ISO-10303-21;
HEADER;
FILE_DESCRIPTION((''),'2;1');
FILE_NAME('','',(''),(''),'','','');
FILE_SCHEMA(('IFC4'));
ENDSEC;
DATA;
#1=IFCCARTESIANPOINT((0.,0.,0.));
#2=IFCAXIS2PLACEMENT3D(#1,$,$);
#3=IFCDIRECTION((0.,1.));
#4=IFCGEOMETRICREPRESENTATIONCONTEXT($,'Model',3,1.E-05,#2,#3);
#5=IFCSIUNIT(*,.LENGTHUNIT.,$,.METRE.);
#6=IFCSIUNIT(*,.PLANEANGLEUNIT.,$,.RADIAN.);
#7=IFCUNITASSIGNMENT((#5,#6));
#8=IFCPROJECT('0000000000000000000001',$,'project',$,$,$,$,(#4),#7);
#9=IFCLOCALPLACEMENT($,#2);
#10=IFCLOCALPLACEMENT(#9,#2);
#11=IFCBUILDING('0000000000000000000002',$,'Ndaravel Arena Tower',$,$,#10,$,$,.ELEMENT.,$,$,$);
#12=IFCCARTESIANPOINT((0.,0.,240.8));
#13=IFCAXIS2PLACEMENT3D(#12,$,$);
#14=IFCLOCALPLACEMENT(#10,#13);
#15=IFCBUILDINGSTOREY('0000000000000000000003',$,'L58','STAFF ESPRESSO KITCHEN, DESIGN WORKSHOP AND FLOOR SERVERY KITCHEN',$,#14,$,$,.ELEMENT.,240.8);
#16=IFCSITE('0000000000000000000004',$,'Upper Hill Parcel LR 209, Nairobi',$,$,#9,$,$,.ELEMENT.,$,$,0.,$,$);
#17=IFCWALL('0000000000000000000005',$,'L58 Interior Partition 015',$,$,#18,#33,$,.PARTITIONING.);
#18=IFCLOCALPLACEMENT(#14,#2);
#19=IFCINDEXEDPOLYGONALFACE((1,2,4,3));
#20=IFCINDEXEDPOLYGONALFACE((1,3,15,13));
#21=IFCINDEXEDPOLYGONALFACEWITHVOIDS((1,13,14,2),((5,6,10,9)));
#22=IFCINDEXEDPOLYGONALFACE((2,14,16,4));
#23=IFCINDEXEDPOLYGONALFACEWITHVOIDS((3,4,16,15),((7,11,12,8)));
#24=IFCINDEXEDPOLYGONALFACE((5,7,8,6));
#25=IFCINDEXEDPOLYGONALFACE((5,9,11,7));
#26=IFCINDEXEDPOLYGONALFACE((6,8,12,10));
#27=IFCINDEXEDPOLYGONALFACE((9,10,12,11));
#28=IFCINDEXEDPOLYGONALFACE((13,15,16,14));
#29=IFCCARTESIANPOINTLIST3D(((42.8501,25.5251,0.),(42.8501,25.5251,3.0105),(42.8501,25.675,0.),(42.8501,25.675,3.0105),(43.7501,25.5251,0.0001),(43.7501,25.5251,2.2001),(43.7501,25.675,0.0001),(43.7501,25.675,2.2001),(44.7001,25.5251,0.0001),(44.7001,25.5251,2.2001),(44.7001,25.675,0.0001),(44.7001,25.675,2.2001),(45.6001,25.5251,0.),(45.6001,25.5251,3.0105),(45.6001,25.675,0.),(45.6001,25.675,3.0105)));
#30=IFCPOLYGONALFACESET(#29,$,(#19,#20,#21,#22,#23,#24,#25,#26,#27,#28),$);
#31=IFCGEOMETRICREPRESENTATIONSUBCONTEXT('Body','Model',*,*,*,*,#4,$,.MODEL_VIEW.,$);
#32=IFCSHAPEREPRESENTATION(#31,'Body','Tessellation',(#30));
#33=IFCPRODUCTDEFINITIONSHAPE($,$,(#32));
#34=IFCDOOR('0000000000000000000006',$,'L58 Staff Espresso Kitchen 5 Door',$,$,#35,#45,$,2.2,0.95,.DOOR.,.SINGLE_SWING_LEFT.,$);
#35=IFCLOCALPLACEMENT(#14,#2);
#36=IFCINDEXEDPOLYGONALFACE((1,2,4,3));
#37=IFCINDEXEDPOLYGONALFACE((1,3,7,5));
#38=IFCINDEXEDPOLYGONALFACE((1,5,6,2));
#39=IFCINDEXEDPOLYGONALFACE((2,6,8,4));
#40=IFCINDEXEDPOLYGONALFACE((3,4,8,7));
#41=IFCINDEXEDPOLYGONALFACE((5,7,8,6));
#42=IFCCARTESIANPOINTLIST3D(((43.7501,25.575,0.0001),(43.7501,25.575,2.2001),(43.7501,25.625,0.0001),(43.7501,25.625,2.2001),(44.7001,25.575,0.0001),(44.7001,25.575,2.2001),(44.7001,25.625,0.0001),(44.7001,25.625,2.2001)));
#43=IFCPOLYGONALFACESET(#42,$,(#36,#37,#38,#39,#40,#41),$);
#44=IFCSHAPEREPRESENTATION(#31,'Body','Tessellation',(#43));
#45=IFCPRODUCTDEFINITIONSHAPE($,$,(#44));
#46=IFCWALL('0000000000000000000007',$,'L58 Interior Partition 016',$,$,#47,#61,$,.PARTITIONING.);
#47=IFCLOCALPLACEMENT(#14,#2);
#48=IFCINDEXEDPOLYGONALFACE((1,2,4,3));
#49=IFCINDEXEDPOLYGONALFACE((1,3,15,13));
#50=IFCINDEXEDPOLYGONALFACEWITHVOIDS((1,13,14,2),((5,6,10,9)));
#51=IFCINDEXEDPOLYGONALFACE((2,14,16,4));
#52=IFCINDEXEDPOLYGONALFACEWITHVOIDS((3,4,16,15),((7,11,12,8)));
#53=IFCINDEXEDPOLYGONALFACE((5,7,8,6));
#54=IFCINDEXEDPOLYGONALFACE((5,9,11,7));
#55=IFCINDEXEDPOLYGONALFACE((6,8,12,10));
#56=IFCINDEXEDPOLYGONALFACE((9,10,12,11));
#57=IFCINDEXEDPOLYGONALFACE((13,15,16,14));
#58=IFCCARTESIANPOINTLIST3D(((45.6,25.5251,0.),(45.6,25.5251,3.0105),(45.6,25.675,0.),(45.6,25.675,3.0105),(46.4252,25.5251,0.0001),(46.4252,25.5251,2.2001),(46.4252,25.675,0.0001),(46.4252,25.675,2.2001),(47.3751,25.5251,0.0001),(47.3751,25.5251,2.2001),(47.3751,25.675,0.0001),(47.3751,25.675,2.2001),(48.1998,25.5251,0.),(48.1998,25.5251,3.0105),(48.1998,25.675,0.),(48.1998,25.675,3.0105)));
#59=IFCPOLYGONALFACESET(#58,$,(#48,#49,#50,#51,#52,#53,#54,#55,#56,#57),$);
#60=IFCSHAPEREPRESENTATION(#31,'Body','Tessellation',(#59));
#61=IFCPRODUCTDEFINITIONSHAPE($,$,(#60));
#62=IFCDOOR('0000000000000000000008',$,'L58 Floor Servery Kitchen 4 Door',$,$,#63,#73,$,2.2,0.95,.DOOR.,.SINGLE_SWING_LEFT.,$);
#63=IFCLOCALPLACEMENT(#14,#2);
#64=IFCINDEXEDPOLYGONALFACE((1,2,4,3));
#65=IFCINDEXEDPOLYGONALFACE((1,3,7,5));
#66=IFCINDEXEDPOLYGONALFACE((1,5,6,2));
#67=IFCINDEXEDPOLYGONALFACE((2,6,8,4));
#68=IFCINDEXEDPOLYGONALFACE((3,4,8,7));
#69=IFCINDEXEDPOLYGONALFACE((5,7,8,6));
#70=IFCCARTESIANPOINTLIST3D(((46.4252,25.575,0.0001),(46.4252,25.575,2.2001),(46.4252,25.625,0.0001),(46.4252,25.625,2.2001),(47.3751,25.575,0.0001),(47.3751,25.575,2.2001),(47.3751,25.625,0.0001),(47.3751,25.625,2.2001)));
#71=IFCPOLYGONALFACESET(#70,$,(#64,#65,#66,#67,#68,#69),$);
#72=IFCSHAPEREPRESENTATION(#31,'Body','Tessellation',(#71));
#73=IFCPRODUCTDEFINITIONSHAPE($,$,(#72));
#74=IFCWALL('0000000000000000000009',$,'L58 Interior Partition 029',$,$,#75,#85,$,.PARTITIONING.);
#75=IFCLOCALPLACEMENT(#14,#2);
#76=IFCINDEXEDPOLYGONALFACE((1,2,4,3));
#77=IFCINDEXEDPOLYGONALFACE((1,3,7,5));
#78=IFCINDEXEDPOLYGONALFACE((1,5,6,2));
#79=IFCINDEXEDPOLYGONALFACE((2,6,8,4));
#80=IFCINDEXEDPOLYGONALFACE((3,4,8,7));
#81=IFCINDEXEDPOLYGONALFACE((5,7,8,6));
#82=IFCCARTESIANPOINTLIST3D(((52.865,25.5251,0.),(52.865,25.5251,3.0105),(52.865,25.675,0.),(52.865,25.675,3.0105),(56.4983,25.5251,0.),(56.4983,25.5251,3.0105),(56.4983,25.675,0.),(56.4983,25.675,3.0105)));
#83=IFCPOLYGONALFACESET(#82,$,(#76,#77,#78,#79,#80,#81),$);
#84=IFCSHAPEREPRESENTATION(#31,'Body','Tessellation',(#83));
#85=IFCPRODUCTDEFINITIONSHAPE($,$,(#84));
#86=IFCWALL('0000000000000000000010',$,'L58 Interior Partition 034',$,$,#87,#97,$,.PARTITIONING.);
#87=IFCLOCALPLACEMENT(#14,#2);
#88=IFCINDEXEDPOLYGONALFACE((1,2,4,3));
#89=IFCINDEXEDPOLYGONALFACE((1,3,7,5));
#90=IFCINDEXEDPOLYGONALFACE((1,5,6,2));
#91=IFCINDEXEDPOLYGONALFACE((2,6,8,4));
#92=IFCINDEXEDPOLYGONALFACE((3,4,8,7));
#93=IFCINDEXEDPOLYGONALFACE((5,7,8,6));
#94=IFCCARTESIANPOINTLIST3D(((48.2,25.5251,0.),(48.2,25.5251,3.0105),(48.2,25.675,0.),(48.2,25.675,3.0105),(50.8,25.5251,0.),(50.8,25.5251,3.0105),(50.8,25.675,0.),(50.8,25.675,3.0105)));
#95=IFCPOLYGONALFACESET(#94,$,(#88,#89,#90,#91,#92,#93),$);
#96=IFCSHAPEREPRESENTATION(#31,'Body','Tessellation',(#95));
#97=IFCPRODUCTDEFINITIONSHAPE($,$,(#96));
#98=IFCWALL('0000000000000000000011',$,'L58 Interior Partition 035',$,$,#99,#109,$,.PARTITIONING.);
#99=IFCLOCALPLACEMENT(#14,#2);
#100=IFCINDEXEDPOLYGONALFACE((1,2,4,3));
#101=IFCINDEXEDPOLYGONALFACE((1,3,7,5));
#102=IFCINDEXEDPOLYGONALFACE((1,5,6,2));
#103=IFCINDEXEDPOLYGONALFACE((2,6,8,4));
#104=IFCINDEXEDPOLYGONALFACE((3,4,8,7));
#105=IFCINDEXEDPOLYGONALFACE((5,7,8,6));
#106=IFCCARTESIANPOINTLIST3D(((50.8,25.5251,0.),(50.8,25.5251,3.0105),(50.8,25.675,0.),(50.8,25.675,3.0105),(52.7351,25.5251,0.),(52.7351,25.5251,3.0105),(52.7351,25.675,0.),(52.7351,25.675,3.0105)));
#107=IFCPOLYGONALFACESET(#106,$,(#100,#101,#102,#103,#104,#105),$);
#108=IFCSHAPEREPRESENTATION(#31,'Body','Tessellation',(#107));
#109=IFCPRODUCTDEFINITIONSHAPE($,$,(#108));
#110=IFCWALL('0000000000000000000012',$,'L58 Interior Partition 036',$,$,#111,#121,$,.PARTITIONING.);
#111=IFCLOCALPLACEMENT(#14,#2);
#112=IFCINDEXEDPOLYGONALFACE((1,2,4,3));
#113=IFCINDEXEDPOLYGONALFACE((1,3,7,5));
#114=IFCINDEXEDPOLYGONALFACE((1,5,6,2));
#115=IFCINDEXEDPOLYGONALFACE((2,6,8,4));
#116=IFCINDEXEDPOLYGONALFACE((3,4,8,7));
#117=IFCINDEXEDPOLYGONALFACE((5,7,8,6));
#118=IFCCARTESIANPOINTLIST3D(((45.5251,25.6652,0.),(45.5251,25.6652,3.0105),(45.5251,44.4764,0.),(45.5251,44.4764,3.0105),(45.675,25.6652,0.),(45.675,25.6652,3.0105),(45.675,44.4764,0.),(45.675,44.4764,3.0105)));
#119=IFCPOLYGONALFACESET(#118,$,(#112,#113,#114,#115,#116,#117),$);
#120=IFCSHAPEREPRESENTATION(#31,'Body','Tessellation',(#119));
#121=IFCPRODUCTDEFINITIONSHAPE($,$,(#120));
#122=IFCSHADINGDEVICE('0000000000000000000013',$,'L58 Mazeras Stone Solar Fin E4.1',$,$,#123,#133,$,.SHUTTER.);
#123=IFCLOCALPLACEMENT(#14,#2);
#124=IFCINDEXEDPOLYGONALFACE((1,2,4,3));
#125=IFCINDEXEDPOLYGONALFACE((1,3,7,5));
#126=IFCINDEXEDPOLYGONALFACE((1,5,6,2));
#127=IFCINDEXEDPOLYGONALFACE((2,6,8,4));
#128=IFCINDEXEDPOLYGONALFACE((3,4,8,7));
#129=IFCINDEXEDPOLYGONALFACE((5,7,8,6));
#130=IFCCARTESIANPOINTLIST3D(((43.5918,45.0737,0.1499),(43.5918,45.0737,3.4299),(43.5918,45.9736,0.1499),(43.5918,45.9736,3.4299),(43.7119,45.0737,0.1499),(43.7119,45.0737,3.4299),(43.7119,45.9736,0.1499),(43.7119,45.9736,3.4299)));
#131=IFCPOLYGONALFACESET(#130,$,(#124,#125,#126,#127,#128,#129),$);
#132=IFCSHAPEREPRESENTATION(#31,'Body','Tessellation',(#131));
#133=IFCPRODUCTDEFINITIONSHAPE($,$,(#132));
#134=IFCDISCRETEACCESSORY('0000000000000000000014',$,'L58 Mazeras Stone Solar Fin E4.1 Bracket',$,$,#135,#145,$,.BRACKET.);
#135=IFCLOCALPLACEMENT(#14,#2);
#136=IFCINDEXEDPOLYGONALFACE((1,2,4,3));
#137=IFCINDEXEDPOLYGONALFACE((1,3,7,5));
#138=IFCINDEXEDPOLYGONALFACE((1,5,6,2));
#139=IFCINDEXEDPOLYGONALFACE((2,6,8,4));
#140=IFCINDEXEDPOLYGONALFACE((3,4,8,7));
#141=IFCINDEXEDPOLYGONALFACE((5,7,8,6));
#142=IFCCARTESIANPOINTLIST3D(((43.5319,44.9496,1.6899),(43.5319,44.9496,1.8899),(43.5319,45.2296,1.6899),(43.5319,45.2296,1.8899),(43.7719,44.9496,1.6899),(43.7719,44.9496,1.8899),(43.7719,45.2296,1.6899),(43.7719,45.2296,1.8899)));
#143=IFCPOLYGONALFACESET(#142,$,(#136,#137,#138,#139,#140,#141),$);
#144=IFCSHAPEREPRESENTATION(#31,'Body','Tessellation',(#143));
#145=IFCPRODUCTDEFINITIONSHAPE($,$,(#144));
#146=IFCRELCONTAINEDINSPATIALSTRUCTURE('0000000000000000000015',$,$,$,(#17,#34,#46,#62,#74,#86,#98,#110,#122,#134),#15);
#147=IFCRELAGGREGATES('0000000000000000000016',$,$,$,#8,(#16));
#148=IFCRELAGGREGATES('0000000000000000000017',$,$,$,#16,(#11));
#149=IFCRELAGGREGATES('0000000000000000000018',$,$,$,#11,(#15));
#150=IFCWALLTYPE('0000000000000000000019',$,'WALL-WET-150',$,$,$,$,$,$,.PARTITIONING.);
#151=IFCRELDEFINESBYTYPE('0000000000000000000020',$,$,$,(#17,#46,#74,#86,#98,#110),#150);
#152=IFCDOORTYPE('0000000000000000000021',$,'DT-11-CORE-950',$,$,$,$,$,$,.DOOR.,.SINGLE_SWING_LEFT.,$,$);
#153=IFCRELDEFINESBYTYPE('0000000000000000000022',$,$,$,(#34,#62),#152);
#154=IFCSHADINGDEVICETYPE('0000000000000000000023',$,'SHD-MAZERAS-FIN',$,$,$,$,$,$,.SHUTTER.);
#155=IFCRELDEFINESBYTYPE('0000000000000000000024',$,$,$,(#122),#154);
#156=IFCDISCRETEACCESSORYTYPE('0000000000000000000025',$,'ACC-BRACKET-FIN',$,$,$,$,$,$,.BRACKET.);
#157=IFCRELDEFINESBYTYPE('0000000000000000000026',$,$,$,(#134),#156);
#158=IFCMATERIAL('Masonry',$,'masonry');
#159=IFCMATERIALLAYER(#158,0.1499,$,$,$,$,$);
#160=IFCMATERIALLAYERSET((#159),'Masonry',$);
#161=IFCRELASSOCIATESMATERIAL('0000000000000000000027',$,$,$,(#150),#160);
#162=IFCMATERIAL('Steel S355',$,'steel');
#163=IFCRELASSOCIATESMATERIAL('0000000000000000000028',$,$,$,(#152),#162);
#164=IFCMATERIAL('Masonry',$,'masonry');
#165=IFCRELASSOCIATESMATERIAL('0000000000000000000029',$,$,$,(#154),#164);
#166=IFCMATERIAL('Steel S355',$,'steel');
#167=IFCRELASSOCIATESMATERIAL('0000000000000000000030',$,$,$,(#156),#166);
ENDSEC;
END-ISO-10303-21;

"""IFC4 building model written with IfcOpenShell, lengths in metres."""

from ifc_helpers import new_model, si_unit, direction, frame, frame_2d, origin, origin_2d, place, context, subcontext, project, spatial, rectangle, extrude, material, layer, layer_set, type_object, element, fill, save


model = new_model("IFC4")

# Units and contexts
model_context = context("Model", 3, precision=1e-05, world=origin(), true_north=direction((0.0, 1.0)))
body_context = subcontext(model_context, "Body", "Model", "MODEL_VIEW")
ifc_project = project(units=[si_unit("LENGTHUNIT", "METRE"), si_unit("PLANEANGLEUNIT", "RADIAN")], contexts=[model_context])

# Site, building, storey
site_placement = place(None, origin())
site = spatial("IfcSite", under=ifc_project, at=site_placement, Name="Upper Hill Parcel LR 209, Nairobi", CompositionType="ELEMENT", RefElevation=0.0)
building_placement = place(site_placement, origin())
building = spatial("IfcBuilding", under=site, at=building_placement, Name="Ndaravel Arena Tower", CompositionType="ELEMENT")
storey_placement = place(building_placement, frame((0.0, 0.0, 240.8)))
storey = spatial("IfcBuildingStorey", under=building, at=storey_placement, Name="L58", Description="STAFF ESPRESSO KITCHEN, DESIGN WORKSHOP AND FLOOR SERVERY KITCHEN", CompositionType="ELEMENT", Elevation=240.8)

# Walls, openings, doors
ifc_material_1 = material(Name="Masonry", Category="masonry")
ifc_layer_1 = layer(ifc_material_1, 0.1499)
ifc_layer_set_1 = layer_set([ifc_layer_1], Name="Masonry")
wall_type_1 = type_object("IfcWallType", Name="WALL-WET-150", PredefinedType="PARTITIONING", material=ifc_layer_set_1)
wall_1_placement = place(storey_placement, frame((42.8501, 25.6001, 0.0), z_axis=(0.0, 0.0, 1.0), x_axis=(1.0, 0.0, 0.0)))
wall_1 = element("IfcWall", 1, at=wall_1_placement, inside=storey, type_object=wall_type_1, Name="L58 Interior Partition 015", PredefinedType="PARTITIONING", context=body_context, shape_type="SweptSolid", body=[
    extrude(rectangle(XDim=2.75, YDim=0.1499, at=frame_2d((1.375, 0.0))), origin(), (0.0, 0.0, 1.0), 3.0105),
])
opening_1_placement = place(wall_1_placement, frame((0.8999, 0.0, 0.0)))
opening_1 = element("IfcOpeningElement", 2, at=opening_1_placement, cuts=wall_1, PredefinedType="OPENING", context=body_context, shape_type="SweptSolid", body=[
    extrude(rectangle(XDim=0.95, YDim=2.2, at=frame_2d((0.4751, 1.1001))), frame((0.0, 0.075, 0.0), z_axis=(0.0, -1.0, 0.0), x_axis=(1.0, 0.0, 0.0)), (0.0, 0.0, 1.0), 0.1499),
])
ifc_material_2 = material(Name="Steel S355", Category="steel")
door_type = type_object("IfcDoorType", Name="DT-11-CORE-950", OperationType="SINGLE_SWING_LEFT", PredefinedType="DOOR", material=ifc_material_2)
door_1_placement = place(opening_1_placement, origin())
door_1 = element("IfcDoor", 3, at=door_1_placement, inside=storey, type_object=door_type, Name="L58 Staff Espresso Kitchen 5 Door", OperationType="SINGLE_SWING_LEFT", OverallHeight=2.2, OverallWidth=0.95, PredefinedType="DOOR", context=body_context, shape_type="SweptSolid", body=[
    extrude(rectangle(XDim=0.95, YDim=2.2, at=frame_2d((0.4751, 1.1001))), frame((0.0, 0.0249, 0.0), z_axis=(0.0, -1.0, 0.0), x_axis=(1.0, 0.0, 0.0)), (0.0, 0.0, 1.0), 0.05),
])
fill(opening_1, door_1)
wall_2_placement = place(storey_placement, frame((45.6001, 25.6001, 0.0), z_axis=(0.0, 0.0, 1.0), x_axis=(1.0, 0.0, 0.0)))
wall_2 = element("IfcWall", 4, at=wall_2_placement, inside=storey, type_object=wall_type_1, Name="L58 Interior Partition 016", PredefinedType="PARTITIONING", context=body_context, shape_type="SweptSolid", body=[
    extrude(rectangle(XDim=2.5999, YDim=0.1499, at=frame_2d((1.2998, 0.0))), origin(), (0.0, 0.0, 1.0), 3.0105),
])
opening_2_placement = place(wall_2_placement, frame((0.825, 0.0, 0.0)))
opening_2 = element("IfcOpeningElement", 5, at=opening_2_placement, cuts=wall_2, PredefinedType="OPENING", context=body_context, shape_type="SweptSolid", body=[
    extrude(rectangle(XDim=0.95, YDim=2.2, at=frame_2d((0.4751, 1.1001))), frame((0.0, 0.075, 0.0), z_axis=(0.0, -1.0, 0.0), x_axis=(1.0, 0.0, 0.0)), (0.0, 0.0, 1.0), 0.1499),
])
door_2_placement = place(opening_2_placement, origin())
door_2 = element("IfcDoor", 6, at=door_2_placement, inside=storey, type_object=door_type, Name="L58 Floor Servery Kitchen 4 Door", OperationType="SINGLE_SWING_LEFT", OverallHeight=2.2, OverallWidth=0.95, PredefinedType="DOOR", context=body_context, shape_type="SweptSolid", body=[
    extrude(rectangle(XDim=0.95, YDim=2.2, at=frame_2d((0.4751, 1.1001))), frame((0.0, 0.0249, 0.0), z_axis=(0.0, -1.0, 0.0), x_axis=(1.0, 0.0, 0.0)), (0.0, 0.0, 1.0), 0.05),
])
fill(opening_2, door_2)

# Walls
wall_3_placement = place(storey_placement, frame((52.865, 25.6001, 0.0), z_axis=(0.0, 0.0, 1.0), x_axis=(1.0, 0.0, 0.0)))
element("IfcWall", 7, at=wall_3_placement, inside=storey, type_object=wall_type_1, Name="L58 Interior Partition 029", PredefinedType="PARTITIONING", context=body_context, shape_type="SweptSolid", body=[
    extrude(rectangle(XDim=3.6333, YDim=0.1499, at=frame_2d((1.8167, 0.0))), origin(), (0.0, 0.0, 1.0), 3.0105),
])
wall_4_placement = place(storey_placement, frame((48.2, 25.6001, 0.0), z_axis=(0.0, 0.0, 1.0), x_axis=(1.0, 0.0, 0.0)))
element("IfcWall", 8, at=wall_4_placement, inside=storey, type_object=wall_type_1, Name="L58 Interior Partition 034", PredefinedType="PARTITIONING", context=body_context, shape_type="SweptSolid", body=[
    extrude(rectangle(XDim=2.6001, YDim=0.1499, at=frame_2d((1.3, 0.0))), origin(), (0.0, 0.0, 1.0), 3.0105),
])
wall_5_placement = place(storey_placement, frame((50.8, 25.6001, 0.0), z_axis=(0.0, 0.0, 1.0), x_axis=(1.0, 0.0, 0.0)))
element("IfcWall", 9, at=wall_5_placement, inside=storey, type_object=wall_type_1, Name="L58 Interior Partition 035", PredefinedType="PARTITIONING", context=body_context, shape_type="SweptSolid", body=[
    extrude(rectangle(XDim=1.9351, YDim=0.1499, at=frame_2d((0.9675, 0.0))), origin(), (0.0, 0.0, 1.0), 3.0105),
])
wall_6_placement = place(storey_placement, frame((45.6001, 25.665, 0.0), z_axis=(0.0, 0.0, 1.0), x_axis=(0.0, 1.0, 0.0)))
element("IfcWall", 10, at=wall_6_placement, inside=storey, type_object=wall_type_1, Name="L58 Interior Partition 036", PredefinedType="PARTITIONING", context=body_context, shape_type="SweptSolid", body=[
    extrude(rectangle(XDim=18.8113, YDim=0.1499, at=frame_2d((9.4058, 0.0))), origin(), (0.0, 0.0, 1.0), 3.0105),
])

# Shading device
ifc_material_3 = material(Name="Masonry", Category="masonry")
shading_device_type = type_object("IfcShadingDeviceType", Name="SHD-MAZERAS-FIN", PredefinedType="SHUTTER", material=ifc_material_3)
shading_device_placement = place(storey_placement, frame((43.6519, 45.5237, 0.1499), z_axis=(0.0, 0.0, 1.0), x_axis=(0.0, 1.0, 0.0)))
element("IfcShadingDevice", 11, at=shading_device_placement, inside=storey, type_object=shading_device_type, Name="L58 Mazeras Stone Solar Fin E4.1", PredefinedType="SHUTTER", context=body_context, shape_type="SweptSolid", body=[
    extrude(rectangle(XDim=0.8999, YDim=0.1201, at=origin_2d()), origin(), (0.0, 0.0, 1.0), 3.28),
])

# Discrete accessory
ifc_material_4 = material(Name="Steel S355", Category="steel")
discrete_accessory_type = type_object("IfcDiscreteAccessoryType", Name="ACC-BRACKET-FIN", PredefinedType="BRACKET", material=ifc_material_4)
discrete_accessory_placement = place(storey_placement, frame((43.6519, 45.0896, 1.6899), z_axis=(0.0, 0.0, 1.0), x_axis=(0.0, 1.0, 0.0)))
element("IfcDiscreteAccessory", 12, at=discrete_accessory_placement, inside=storey, type_object=discrete_accessory_type, Name="L58 Mazeras Stone Solar Fin E4.1 Bracket", PredefinedType="BRACKET", context=body_context, shape_type="SweptSolid", body=[
    extrude(rectangle(XDim=0.28, YDim=0.24, at=origin_2d()), origin(), (0.0, 0.0, 1.0), 0.2),
])

save(model, "model.ifc")
